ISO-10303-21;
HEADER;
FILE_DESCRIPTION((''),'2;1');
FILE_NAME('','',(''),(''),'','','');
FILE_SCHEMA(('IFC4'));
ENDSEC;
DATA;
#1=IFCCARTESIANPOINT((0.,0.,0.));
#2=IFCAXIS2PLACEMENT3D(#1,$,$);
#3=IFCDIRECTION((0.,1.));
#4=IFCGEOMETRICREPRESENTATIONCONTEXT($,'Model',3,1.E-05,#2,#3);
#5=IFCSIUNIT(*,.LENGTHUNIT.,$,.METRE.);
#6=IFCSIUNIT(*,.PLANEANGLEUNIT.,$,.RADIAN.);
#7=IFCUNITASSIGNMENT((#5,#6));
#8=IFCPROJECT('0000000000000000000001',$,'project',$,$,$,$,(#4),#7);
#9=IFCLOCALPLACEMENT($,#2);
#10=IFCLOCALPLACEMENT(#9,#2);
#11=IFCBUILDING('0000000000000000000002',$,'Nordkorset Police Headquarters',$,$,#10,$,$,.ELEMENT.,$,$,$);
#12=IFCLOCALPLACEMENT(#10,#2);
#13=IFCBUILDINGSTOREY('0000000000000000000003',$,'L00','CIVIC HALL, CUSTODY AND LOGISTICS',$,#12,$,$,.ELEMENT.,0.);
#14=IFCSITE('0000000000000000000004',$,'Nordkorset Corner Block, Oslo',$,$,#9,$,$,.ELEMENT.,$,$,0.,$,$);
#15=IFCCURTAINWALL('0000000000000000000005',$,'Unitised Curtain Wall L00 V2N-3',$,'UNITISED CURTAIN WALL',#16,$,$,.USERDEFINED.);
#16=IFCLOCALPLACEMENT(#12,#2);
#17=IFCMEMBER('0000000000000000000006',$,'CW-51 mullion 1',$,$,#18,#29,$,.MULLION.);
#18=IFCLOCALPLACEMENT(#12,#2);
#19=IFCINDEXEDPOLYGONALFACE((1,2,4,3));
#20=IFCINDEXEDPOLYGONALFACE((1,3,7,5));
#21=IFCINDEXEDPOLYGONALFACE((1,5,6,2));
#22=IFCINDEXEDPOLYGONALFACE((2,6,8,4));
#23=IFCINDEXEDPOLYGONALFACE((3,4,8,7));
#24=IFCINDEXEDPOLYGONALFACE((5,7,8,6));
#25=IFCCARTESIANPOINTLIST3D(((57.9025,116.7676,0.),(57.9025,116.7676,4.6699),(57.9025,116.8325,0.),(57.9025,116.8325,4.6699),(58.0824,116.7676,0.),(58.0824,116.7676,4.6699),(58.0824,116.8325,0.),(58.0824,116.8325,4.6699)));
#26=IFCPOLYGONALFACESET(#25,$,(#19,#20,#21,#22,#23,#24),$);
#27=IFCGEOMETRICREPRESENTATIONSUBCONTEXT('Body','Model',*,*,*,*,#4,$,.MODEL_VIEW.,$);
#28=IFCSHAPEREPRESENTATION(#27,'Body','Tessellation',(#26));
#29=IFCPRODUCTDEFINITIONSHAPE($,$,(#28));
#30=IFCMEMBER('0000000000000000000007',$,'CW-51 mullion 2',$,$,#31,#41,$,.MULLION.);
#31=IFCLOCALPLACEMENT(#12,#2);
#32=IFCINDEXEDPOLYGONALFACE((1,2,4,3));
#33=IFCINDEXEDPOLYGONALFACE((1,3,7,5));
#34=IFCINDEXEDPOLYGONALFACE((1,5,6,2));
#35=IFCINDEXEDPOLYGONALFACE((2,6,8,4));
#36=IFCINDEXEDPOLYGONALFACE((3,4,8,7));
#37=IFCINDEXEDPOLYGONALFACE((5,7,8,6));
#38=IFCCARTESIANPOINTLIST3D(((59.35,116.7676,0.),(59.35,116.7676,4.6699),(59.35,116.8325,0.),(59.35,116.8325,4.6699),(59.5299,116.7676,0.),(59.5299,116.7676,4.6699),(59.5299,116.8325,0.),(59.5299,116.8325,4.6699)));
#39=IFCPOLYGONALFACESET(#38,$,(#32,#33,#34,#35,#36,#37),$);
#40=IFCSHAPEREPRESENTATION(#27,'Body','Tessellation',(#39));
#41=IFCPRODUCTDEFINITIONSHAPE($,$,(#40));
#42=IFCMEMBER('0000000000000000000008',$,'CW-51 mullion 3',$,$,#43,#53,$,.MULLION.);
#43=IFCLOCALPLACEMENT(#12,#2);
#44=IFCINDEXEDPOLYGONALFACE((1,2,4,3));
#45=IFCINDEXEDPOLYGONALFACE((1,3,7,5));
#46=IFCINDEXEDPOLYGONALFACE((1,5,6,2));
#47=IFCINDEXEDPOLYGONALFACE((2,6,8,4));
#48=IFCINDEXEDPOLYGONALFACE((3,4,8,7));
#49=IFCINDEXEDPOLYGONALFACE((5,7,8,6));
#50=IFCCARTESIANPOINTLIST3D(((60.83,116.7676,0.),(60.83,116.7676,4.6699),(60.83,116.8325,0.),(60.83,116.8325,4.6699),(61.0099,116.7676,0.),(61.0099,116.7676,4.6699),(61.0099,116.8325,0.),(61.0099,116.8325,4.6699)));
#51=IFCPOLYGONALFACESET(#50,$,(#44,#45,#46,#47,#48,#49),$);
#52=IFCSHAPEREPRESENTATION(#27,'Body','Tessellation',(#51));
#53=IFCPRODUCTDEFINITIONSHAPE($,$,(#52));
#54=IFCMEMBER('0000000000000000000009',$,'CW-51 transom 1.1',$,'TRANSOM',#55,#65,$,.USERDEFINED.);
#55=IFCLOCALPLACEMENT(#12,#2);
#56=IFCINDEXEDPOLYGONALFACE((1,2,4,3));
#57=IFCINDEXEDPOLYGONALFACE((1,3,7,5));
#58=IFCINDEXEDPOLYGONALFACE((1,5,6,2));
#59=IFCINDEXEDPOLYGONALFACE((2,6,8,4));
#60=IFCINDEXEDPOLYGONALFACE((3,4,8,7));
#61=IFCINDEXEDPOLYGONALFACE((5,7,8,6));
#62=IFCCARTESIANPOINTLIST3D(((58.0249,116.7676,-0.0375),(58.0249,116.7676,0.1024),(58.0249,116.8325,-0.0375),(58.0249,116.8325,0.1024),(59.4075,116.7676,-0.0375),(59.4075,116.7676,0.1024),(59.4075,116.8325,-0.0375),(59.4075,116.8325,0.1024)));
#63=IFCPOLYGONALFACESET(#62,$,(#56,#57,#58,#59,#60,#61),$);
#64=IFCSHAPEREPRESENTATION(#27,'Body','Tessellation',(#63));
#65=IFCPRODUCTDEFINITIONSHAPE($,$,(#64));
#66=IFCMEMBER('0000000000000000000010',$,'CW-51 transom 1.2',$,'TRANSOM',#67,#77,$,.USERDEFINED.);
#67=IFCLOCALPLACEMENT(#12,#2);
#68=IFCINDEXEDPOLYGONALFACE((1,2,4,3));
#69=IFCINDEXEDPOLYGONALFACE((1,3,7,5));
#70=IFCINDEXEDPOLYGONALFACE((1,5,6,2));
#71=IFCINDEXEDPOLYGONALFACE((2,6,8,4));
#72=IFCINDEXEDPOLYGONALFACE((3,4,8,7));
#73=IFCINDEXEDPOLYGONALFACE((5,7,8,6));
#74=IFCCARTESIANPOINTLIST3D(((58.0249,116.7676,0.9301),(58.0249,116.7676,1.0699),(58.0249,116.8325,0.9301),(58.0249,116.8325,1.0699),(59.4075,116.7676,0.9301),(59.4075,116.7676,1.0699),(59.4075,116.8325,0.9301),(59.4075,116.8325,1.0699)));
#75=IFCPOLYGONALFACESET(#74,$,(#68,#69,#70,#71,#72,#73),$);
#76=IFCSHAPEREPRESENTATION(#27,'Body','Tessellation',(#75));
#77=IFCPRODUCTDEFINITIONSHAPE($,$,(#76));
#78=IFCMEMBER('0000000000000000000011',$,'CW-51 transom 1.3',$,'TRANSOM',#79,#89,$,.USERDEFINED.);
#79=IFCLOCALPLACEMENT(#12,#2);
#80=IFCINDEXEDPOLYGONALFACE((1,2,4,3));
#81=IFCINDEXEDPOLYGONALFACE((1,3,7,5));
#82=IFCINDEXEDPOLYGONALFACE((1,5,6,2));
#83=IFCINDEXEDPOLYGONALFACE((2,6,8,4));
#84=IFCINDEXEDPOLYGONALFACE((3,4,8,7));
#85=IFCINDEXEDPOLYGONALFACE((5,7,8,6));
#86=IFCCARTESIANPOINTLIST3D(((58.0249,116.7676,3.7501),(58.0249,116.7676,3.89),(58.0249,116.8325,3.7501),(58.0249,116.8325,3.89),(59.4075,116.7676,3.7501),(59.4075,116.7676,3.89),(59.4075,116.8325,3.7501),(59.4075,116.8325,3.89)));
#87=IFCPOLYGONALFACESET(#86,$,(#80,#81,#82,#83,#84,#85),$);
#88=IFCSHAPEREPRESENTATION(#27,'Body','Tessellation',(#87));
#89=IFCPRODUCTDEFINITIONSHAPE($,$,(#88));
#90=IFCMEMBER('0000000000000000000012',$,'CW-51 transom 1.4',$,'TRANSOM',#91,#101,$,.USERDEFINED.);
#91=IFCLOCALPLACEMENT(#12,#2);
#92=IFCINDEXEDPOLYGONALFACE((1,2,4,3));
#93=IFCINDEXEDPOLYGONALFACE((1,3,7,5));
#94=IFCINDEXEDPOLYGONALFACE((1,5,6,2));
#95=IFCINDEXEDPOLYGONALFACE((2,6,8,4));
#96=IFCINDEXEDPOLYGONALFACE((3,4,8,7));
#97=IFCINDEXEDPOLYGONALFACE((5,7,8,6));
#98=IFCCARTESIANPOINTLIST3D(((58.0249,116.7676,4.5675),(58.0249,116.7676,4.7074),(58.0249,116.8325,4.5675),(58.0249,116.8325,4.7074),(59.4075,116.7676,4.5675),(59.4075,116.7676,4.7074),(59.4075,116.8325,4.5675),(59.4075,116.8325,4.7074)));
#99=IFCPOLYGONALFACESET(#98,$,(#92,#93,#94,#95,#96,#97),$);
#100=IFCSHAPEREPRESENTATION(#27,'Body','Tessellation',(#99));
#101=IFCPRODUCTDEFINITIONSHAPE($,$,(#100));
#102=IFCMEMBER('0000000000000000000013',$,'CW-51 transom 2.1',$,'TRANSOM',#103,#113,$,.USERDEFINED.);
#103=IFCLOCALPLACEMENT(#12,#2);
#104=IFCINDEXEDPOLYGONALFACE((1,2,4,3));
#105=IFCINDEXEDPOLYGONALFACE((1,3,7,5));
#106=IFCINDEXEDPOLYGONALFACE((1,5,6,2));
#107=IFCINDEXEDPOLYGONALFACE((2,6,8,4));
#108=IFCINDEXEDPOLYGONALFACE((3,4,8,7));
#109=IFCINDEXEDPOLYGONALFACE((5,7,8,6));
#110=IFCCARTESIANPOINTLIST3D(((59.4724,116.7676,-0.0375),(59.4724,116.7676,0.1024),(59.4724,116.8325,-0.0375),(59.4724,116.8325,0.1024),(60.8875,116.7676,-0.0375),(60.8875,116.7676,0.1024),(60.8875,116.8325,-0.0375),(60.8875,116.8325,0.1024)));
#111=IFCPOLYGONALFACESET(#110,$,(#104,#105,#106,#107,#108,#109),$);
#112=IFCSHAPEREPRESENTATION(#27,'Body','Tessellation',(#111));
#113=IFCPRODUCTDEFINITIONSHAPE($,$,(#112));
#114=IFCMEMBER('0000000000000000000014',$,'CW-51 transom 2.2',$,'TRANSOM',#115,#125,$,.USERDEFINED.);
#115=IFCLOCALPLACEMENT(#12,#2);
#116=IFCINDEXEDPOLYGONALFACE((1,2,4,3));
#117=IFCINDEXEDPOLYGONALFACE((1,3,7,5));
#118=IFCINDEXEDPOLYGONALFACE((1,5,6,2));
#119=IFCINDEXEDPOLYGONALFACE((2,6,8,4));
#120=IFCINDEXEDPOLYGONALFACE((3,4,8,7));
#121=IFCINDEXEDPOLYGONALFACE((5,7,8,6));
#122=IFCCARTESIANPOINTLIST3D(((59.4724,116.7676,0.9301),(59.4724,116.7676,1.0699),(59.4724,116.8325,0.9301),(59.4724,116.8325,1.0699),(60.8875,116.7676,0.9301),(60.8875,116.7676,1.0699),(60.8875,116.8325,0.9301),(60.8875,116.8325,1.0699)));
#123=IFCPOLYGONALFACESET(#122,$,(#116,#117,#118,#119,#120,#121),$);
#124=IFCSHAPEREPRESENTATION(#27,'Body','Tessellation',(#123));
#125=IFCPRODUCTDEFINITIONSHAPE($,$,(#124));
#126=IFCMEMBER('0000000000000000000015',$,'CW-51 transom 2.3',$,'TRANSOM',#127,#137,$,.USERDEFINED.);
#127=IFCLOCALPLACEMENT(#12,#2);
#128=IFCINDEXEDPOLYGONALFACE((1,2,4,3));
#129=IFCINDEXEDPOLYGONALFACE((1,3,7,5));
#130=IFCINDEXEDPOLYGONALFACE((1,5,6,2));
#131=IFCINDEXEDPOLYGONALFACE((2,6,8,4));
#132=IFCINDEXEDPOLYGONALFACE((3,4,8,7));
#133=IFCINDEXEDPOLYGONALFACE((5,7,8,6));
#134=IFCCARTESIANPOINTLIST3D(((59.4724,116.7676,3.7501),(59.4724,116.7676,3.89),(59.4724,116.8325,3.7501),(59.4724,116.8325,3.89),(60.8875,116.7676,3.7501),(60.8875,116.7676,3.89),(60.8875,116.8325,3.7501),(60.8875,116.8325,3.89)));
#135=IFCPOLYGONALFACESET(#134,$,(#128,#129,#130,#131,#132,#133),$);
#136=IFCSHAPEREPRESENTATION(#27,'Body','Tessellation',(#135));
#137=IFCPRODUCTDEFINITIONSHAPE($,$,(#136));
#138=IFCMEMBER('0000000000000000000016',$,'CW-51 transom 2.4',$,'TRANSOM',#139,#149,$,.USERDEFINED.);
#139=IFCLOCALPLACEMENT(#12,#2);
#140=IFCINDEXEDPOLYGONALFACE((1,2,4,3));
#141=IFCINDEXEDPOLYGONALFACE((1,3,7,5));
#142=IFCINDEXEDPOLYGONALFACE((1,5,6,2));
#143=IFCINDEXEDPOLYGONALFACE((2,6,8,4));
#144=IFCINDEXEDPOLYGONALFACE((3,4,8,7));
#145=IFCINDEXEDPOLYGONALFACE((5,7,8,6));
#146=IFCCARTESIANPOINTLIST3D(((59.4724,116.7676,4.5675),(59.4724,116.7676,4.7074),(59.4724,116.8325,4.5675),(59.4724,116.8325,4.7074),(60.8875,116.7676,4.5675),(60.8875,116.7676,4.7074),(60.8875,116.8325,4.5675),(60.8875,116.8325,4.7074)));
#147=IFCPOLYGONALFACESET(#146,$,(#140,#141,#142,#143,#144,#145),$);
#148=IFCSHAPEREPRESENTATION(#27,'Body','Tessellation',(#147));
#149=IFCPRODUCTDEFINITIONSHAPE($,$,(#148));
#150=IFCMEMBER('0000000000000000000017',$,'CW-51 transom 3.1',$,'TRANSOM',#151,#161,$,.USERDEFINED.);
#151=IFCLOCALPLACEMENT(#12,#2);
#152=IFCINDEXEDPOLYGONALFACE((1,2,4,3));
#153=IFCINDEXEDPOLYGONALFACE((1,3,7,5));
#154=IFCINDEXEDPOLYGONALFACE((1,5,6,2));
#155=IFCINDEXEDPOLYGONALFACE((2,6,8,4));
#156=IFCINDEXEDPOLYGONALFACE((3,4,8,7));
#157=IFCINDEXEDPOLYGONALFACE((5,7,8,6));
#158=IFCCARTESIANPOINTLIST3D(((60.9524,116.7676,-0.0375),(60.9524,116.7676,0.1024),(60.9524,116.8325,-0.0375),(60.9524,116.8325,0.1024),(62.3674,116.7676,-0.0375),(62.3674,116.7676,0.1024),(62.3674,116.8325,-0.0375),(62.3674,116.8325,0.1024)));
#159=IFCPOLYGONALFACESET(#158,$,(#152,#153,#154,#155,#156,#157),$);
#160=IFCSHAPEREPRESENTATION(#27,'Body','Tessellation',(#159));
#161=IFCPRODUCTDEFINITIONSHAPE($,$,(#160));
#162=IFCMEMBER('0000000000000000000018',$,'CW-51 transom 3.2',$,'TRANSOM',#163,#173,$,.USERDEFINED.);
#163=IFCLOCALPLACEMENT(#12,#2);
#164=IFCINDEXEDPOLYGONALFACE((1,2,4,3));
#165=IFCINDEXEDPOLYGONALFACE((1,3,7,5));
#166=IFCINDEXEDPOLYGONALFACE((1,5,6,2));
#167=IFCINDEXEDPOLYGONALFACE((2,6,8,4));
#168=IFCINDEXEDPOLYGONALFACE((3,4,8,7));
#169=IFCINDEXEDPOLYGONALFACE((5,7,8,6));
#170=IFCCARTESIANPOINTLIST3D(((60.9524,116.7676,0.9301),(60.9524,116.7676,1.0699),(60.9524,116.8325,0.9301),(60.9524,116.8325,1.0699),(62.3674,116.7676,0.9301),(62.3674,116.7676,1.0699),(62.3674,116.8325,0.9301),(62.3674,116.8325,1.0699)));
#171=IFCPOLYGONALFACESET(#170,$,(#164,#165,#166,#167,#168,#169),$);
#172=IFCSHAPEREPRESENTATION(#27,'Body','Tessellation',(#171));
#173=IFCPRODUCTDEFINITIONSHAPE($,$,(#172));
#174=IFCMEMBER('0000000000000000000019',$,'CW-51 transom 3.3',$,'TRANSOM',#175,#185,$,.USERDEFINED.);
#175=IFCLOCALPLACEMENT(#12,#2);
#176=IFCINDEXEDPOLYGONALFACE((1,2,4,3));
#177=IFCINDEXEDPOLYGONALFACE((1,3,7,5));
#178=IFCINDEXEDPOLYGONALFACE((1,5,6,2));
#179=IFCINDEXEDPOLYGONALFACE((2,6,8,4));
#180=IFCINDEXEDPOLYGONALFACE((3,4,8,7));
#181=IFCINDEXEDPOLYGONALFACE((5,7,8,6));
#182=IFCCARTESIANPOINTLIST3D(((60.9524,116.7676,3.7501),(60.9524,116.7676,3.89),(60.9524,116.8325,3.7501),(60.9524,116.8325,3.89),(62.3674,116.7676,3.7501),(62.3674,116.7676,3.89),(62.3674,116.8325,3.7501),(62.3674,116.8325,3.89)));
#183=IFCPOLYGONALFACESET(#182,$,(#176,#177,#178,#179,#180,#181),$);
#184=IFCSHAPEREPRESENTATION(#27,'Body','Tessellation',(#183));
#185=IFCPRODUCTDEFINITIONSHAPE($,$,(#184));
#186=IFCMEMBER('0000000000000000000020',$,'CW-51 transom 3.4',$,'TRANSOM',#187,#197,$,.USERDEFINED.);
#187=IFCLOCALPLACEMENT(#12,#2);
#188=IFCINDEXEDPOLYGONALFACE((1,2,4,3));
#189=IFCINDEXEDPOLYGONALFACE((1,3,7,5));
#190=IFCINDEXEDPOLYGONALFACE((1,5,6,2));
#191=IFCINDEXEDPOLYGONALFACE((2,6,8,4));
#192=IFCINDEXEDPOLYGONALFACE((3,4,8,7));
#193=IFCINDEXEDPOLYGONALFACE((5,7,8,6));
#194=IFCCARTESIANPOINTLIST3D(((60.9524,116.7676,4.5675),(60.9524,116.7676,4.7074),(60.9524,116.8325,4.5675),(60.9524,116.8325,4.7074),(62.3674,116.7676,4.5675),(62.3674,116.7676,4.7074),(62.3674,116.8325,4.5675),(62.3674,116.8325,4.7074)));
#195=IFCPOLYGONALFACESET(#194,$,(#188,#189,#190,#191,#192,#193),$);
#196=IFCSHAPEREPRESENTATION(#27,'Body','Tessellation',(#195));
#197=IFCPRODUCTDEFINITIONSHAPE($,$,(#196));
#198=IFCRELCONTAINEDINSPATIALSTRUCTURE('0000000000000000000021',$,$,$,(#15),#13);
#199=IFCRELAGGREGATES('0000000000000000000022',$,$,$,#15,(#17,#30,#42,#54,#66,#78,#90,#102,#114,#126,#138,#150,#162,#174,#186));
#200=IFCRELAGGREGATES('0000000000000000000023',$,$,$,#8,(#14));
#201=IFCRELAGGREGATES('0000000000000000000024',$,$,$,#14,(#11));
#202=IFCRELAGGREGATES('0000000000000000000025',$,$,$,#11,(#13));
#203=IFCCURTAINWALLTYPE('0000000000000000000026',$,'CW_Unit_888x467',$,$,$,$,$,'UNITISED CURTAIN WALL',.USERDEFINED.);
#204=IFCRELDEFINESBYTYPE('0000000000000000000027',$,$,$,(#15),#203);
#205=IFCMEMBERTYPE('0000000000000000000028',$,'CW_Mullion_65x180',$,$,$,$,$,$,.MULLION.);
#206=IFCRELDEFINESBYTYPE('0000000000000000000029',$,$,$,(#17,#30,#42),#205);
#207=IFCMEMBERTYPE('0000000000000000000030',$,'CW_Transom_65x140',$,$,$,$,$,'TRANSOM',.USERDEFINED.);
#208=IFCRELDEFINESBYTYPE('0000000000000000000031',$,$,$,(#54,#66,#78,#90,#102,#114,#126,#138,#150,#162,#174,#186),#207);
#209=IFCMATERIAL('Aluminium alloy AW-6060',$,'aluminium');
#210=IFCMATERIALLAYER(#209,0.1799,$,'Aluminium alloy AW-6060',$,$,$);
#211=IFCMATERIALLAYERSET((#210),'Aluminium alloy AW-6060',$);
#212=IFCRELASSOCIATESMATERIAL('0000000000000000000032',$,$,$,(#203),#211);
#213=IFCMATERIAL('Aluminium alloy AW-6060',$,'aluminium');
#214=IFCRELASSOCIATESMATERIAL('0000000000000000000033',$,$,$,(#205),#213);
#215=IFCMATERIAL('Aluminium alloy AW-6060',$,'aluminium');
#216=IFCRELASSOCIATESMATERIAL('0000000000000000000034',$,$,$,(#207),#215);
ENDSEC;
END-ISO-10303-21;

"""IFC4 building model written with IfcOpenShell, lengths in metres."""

from ifc_helpers import new_model, si_unit, direction, frame, origin, origin_2d, place, context, subcontext, project, spatial, rectangle, extrude, material, layer, layer_set, material_profile, profile_set, type_object, element, aggregate, save


model = new_model("IFC4")

# Units and contexts
model_context = context("Model", 3, precision=1e-05, world=origin(), true_north=direction((0.0, 1.0)))
body_context = subcontext(model_context, "Body", "Model", "MODEL_VIEW")
ifc_project = project(units=[si_unit("LENGTHUNIT", "METRE"), si_unit("PLANEANGLEUNIT", "RADIAN")], contexts=[model_context])

# Site, building, storey
site_placement = place(None, origin())
site = spatial("IfcSite", under=ifc_project, at=site_placement, Name="Nordkorset Corner Block, Oslo", CompositionType="ELEMENT", RefElevation=0.0)
building_placement = place(site_placement, origin())
building = spatial("IfcBuilding", under=site, at=building_placement, Name="Nordkorset Police Headquarters", CompositionType="ELEMENT")
storey_placement = place(building_placement, origin())
storey = spatial("IfcBuildingStorey", under=building, at=storey_placement, Name="L00", Description="CIVIC HALL, CUSTODY AND LOGISTICS", CompositionType="ELEMENT", Elevation=0.0)

# Curtain wall, members
ifc_material_1 = material(Name="Aluminium alloy AW-6060", Category="aluminium")
ifc_layer_1 = layer(ifc_material_1, 0.1799, Name="Aluminium alloy AW-6060")
ifc_layer_set_1 = layer_set([ifc_layer_1], Name="Aluminium alloy AW-6060")
curtain_wall_type = type_object("IfcCurtainWallType", Name="CW_Unit_888x467", ElementType="UNITISED CURTAIN WALL", PredefinedType="USERDEFINED", material=ifc_layer_set_1)
curtain_wall_placement = place(storey_placement, origin())
curtain_wall = element("IfcCurtainWall", 1, at=curtain_wall_placement, inside=storey, type_object=curtain_wall_type, Name="Unitised Curtain Wall L00 V2N-3", ObjectType="UNITISED CURTAIN WALL", PredefinedType="USERDEFINED")
ifc_material_2 = material(Name="Aluminium alloy AW-6060", Category="aluminium")
ifc_material_profile_1 = material_profile(ifc_material_2, rectangle(XDim=0.0649, YDim=0.1799, at=origin_2d()), Name="ALU MULL 65x180")
ifc_profile_set_1 = profile_set([ifc_material_profile_1], Name="Aluminium alloy AW-6060")
member_type_1 = type_object("IfcMemberType", Name="CW_Mullion_65x180", PredefinedType="MULLION", material=ifc_profile_set_1)
member_1_placement = place(storey_placement, frame((57.9924, 116.8, 0.0), z_axis=(0.0, 0.0, 1.0), x_axis=(0.0, 1.0, 0.0)))
member_1 = element("IfcMember", 2, at=member_1_placement, type_object=member_type_1, Name="CW-51 mullion 1", PredefinedType="MULLION", context=body_context, shape_type="SweptSolid", body=[
    extrude(rectangle(XDim=0.0649, YDim=0.1799, at=origin_2d()), origin(), (0.0, 0.0, 1.0), 4.6699),
])
member_2_placement = place(storey_placement, frame((59.4399, 116.8, 0.0), z_axis=(0.0, 0.0, 1.0), x_axis=(0.0, 1.0, 0.0)))
member_2 = element("IfcMember", 3, at=member_2_placement, type_object=member_type_1, Name="CW-51 mullion 2", PredefinedType="MULLION", context=body_context, shape_type="SweptSolid", body=[
    extrude(rectangle(XDim=0.0649, YDim=0.1799, at=origin_2d()), origin(), (0.0, 0.0, 1.0), 4.6699),
])
member_3_placement = place(storey_placement, frame((60.9199, 116.8, 0.0), z_axis=(0.0, 0.0, 1.0), x_axis=(0.0, 1.0, 0.0)))
member_3 = element("IfcMember", 4, at=member_3_placement, type_object=member_type_1, Name="CW-51 mullion 3", PredefinedType="MULLION", context=body_context, shape_type="SweptSolid", body=[
    extrude(rectangle(XDim=0.0649, YDim=0.1799, at=origin_2d()), origin(), (0.0, 0.0, 1.0), 4.6699),
])
ifc_material_3 = material(Name="Aluminium alloy AW-6060", Category="aluminium")
ifc_material_profile_2 = material_profile(ifc_material_3, rectangle(XDim=0.0649, YDim=0.1399, at=origin_2d()), Name="ALU TRAN 65x140")
ifc_profile_set_2 = profile_set([ifc_material_profile_2], Name="Aluminium alloy AW-6060")
member_type_2 = type_object("IfcMemberType", Name="CW_Transom_65x140", ElementType="TRANSOM", PredefinedType="USERDEFINED", material=ifc_profile_set_2)
member_4_placement = place(storey_placement, frame((58.0249, 116.8, 0.0325), z_axis=(1.0, 0.0, 0.0), x_axis=(0.0, 1.0, 0.0)))
member_4 = element("IfcMember", 5, at=member_4_placement, type_object=member_type_2, Name="CW-51 transom 1.1", ObjectType="TRANSOM", PredefinedType="USERDEFINED", context=body_context, shape_type="SweptSolid", body=[
    extrude(rectangle(XDim=0.0649, YDim=0.1399, at=origin_2d()), origin(), (0.0, 0.0, 1.0), 1.3826),
])
member_5_placement = place(storey_placement, frame((58.0249, 116.8, 1.0), z_axis=(1.0, 0.0, 0.0), x_axis=(0.0, 1.0, 0.0)))
member_5 = element("IfcMember", 6, at=member_5_placement, type_object=member_type_2, Name="CW-51 transom 1.2", ObjectType="TRANSOM", PredefinedType="USERDEFINED", context=body_context, shape_type="SweptSolid", body=[
    extrude(rectangle(XDim=0.0649, YDim=0.1399, at=origin_2d()), origin(), (0.0, 0.0, 1.0), 1.3826),
])
member_6_placement = place(storey_placement, frame((58.0249, 116.8, 3.8201), z_axis=(1.0, 0.0, 0.0), x_axis=(0.0, 1.0, 0.0)))
member_6 = element("IfcMember", 7, at=member_6_placement, type_object=member_type_2, Name="CW-51 transom 1.3", ObjectType="TRANSOM", PredefinedType="USERDEFINED", context=body_context, shape_type="SweptSolid", body=[
    extrude(rectangle(XDim=0.0649, YDim=0.1399, at=origin_2d()), origin(), (0.0, 0.0, 1.0), 1.3826),
])
member_7_placement = place(storey_placement, frame((58.0249, 116.8, 4.6375), z_axis=(1.0, 0.0, 0.0), x_axis=(0.0, 1.0, 0.0)))
member_7 = element("IfcMember", 8, at=member_7_placement, type_object=member_type_2, Name="CW-51 transom 1.4", ObjectType="TRANSOM", PredefinedType="USERDEFINED", context=body_context, shape_type="SweptSolid", body=[
    extrude(rectangle(XDim=0.0649, YDim=0.1399, at=origin_2d()), origin(), (0.0, 0.0, 1.0), 1.3826),
])
member_8_placement = place(storey_placement, frame((59.4724, 116.8, 0.0325), z_axis=(1.0, 0.0, 0.0), x_axis=(0.0, 1.0, 0.0)))
member_8 = element("IfcMember", 9, at=member_8_placement, type_object=member_type_2, Name="CW-51 transom 2.1", ObjectType="TRANSOM", PredefinedType="USERDEFINED", context=body_context, shape_type="SweptSolid", body=[
    extrude(rectangle(XDim=0.0649, YDim=0.1399, at=origin_2d()), origin(), (0.0, 0.0, 1.0), 1.415),
])
member_9_placement = place(storey_placement, frame((59.4724, 116.8, 1.0), z_axis=(1.0, 0.0, 0.0), x_axis=(0.0, 1.0, 0.0)))
member_9 = element("IfcMember", 10, at=member_9_placement, type_object=member_type_2, Name="CW-51 transom 2.2", ObjectType="TRANSOM", PredefinedType="USERDEFINED", context=body_context, shape_type="SweptSolid", body=[
    extrude(rectangle(XDim=0.0649, YDim=0.1399, at=origin_2d()), origin(), (0.0, 0.0, 1.0), 1.415),
])
member_10_placement = place(storey_placement, frame((59.4724, 116.8, 3.8201), z_axis=(1.0, 0.0, 0.0), x_axis=(0.0, 1.0, 0.0)))
member_10 = element("IfcMember", 11, at=member_10_placement, type_object=member_type_2, Name="CW-51 transom 2.3", ObjectType="TRANSOM", PredefinedType="USERDEFINED", context=body_context, shape_type="SweptSolid", body=[
    extrude(rectangle(XDim=0.0649, YDim=0.1399, at=origin_2d()), origin(), (0.0, 0.0, 1.0), 1.415),
])
member_11_placement = place(storey_placement, frame((59.4724, 116.8, 4.6375), z_axis=(1.0, 0.0, 0.0), x_axis=(0.0, 1.0, 0.0)))
member_11 = element("IfcMember", 12, at=member_11_placement, type_object=member_type_2, Name="CW-51 transom 2.4", ObjectType="TRANSOM", PredefinedType="USERDEFINED", context=body_context, shape_type="SweptSolid", body=[
    extrude(rectangle(XDim=0.0649, YDim=0.1399, at=origin_2d()), origin(), (0.0, 0.0, 1.0), 1.415),
])
member_12_placement = place(storey_placement, frame((60.9524, 116.8, 0.0325), z_axis=(1.0, 0.0, 0.0), x_axis=(0.0, 1.0, 0.0)))
member_12 = element("IfcMember", 13, at=member_12_placement, type_object=member_type_2, Name="CW-51 transom 3.1", ObjectType="TRANSOM", PredefinedType="USERDEFINED", context=body_context, shape_type="SweptSolid", body=[
    extrude(rectangle(XDim=0.0649, YDim=0.1399, at=origin_2d()), origin(), (0.0, 0.0, 1.0), 1.415),
])
member_13_placement = place(storey_placement, frame((60.9524, 116.8, 1.0), z_axis=(1.0, 0.0, 0.0), x_axis=(0.0, 1.0, 0.0)))
member_13 = element("IfcMember", 14, at=member_13_placement, type_object=member_type_2, Name="CW-51 transom 3.2", ObjectType="TRANSOM", PredefinedType="USERDEFINED", context=body_context, shape_type="SweptSolid", body=[
    extrude(rectangle(XDim=0.0649, YDim=0.1399, at=origin_2d()), origin(), (0.0, 0.0, 1.0), 1.415),
])
member_14_placement = place(storey_placement, frame((60.9524, 116.8, 3.8201), z_axis=(1.0, 0.0, 0.0), x_axis=(0.0, 1.0, 0.0)))
member_14 = element("IfcMember", 15, at=member_14_placement, type_object=member_type_2, Name="CW-51 transom 3.3", ObjectType="TRANSOM", PredefinedType="USERDEFINED", context=body_context, shape_type="SweptSolid", body=[
    extrude(rectangle(XDim=0.0649, YDim=0.1399, at=origin_2d()), origin(), (0.0, 0.0, 1.0), 1.415),
])
member_15_placement = place(storey_placement, frame((60.9524, 116.8, 4.6375), z_axis=(1.0, 0.0, 0.0), x_axis=(0.0, 1.0, 0.0)))
member_15 = element("IfcMember", 16, at=member_15_placement, type_object=member_type_2, Name="CW-51 transom 3.4", ObjectType="TRANSOM", PredefinedType="USERDEFINED", context=body_context, shape_type="SweptSolid", body=[
    extrude(rectangle(XDim=0.0649, YDim=0.1399, at=origin_2d()), origin(), (0.0, 0.0, 1.0), 1.415),
])
aggregate(curtain_wall, [member_1, member_2, member_3, member_4, member_5, member_6, member_7, member_8, member_9, member_10, member_11, member_12, member_13, member_14, member_15])

save(model, "model.ifc")
